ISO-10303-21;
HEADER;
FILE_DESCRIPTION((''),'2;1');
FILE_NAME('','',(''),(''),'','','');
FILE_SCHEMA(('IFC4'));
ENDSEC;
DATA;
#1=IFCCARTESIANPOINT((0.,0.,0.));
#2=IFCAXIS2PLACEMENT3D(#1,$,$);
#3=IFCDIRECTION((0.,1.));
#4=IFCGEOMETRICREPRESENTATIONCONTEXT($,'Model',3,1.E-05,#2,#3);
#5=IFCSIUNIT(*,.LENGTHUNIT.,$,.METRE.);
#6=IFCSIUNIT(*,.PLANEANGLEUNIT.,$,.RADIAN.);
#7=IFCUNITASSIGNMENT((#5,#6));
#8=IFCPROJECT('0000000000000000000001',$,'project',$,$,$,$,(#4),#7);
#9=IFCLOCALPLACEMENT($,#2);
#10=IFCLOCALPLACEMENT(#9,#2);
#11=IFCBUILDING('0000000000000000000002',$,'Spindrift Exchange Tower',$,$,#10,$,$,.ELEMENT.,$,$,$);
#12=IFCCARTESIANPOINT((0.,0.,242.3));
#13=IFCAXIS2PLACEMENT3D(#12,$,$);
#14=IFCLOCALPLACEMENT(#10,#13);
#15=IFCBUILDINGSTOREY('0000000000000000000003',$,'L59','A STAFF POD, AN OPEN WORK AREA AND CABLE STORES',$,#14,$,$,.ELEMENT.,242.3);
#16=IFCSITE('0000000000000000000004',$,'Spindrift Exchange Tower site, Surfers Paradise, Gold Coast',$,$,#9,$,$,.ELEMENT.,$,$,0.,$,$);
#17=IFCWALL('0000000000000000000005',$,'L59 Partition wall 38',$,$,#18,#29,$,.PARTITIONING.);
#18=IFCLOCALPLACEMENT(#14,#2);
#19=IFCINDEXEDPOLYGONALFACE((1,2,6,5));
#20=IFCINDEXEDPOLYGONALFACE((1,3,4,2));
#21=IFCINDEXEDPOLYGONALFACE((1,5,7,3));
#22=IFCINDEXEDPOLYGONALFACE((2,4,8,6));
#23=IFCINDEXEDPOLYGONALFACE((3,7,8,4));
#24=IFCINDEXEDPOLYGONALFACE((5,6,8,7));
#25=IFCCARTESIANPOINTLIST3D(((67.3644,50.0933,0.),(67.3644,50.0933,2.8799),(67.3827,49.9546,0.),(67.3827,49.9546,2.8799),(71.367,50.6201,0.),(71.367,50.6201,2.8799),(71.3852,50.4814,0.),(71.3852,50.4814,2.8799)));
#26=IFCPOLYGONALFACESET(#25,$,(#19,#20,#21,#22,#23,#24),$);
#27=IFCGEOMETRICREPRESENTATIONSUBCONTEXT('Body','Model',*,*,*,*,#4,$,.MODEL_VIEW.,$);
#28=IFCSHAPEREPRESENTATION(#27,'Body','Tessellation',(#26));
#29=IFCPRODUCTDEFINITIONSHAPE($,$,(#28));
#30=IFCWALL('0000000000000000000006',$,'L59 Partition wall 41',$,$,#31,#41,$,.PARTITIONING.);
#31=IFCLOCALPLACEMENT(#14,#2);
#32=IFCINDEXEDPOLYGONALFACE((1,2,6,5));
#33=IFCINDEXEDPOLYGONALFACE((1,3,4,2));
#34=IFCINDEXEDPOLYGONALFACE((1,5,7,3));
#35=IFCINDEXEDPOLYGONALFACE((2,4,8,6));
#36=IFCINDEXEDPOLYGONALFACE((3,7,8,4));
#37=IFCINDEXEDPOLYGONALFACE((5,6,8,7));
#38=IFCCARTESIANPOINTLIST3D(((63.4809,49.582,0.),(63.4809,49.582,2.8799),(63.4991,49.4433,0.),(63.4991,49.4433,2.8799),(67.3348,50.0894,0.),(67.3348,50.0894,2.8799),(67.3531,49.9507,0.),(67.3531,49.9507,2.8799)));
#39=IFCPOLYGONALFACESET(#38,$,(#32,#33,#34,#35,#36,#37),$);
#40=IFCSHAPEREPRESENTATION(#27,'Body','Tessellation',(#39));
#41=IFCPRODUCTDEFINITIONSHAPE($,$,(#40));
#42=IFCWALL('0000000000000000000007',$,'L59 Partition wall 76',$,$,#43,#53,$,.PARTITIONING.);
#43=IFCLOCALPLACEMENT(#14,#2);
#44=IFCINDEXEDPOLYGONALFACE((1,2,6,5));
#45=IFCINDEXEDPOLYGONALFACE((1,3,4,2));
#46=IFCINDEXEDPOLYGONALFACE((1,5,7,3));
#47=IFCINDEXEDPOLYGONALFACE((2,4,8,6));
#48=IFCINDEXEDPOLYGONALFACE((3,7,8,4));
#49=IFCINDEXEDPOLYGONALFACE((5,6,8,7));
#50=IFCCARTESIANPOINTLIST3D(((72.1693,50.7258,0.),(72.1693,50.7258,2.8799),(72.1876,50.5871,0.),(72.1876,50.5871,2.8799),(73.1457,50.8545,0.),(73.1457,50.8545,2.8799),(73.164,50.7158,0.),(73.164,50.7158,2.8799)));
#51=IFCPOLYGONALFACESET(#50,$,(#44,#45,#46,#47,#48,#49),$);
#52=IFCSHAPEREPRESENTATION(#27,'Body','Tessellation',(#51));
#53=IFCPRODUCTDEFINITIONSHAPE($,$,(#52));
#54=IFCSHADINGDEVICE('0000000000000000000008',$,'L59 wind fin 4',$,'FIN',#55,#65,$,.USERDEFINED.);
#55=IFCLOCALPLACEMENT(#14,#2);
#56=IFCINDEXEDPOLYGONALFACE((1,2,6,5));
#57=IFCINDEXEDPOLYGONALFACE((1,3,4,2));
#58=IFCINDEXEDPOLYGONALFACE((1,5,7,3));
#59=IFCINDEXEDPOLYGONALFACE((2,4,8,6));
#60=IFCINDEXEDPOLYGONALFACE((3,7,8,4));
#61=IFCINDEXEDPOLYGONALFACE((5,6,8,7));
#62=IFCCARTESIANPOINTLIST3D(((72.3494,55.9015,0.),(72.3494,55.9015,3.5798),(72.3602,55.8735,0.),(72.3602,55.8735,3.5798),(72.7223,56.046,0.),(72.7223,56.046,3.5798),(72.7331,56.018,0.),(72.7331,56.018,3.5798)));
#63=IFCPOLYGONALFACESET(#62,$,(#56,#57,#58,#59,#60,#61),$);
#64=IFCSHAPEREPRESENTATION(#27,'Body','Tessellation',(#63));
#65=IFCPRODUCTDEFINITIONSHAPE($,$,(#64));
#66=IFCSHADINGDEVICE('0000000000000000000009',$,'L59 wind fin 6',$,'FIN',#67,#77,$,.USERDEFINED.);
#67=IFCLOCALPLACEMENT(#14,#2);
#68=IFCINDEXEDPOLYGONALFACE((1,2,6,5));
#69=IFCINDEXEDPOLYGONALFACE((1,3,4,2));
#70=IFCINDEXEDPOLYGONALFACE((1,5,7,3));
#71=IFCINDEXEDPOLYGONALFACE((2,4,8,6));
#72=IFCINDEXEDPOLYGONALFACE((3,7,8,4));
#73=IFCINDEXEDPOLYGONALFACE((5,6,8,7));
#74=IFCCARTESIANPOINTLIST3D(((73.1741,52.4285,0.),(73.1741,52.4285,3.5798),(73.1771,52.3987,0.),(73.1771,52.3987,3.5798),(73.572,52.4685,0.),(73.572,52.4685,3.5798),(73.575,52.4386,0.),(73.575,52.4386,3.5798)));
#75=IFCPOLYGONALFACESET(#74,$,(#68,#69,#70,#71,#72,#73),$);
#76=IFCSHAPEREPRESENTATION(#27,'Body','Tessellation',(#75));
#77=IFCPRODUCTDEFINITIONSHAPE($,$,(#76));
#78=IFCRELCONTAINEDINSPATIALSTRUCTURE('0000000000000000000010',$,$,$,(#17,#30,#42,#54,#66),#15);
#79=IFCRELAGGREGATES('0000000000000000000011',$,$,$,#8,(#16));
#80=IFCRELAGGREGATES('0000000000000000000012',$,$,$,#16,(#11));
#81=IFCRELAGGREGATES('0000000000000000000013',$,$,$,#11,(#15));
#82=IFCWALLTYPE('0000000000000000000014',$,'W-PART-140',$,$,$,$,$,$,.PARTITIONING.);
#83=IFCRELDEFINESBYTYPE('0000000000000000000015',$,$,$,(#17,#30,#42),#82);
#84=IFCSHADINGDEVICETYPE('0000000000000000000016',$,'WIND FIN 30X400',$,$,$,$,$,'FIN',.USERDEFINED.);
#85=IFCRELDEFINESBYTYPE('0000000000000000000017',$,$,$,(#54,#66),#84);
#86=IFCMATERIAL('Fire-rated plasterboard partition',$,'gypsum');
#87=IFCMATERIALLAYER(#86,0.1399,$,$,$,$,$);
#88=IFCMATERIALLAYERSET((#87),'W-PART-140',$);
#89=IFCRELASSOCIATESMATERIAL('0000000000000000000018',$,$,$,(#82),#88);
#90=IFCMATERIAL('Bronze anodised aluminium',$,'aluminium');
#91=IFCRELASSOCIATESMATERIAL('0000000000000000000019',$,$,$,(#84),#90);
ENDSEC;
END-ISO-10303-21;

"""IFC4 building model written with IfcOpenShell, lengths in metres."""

from ifc_helpers import new_model, si_unit, direction, frame, frame_2d, origin, origin_2d, place, context, subcontext, project, spatial, rectangle, extrude, source, transform, mapped, material, layer, layer_set, material_profile, profile_set, type_object, element, save


model = new_model("IFC4")

# Units and contexts
model_context = context("Model", 3, precision=1e-05, world=origin(), true_north=direction((0.0, 1.0)))
body_context = subcontext(model_context, "Body", "Model", "MODEL_VIEW")
ifc_project = project(units=[si_unit("LENGTHUNIT", "METRE"), si_unit("PLANEANGLEUNIT", "RADIAN")], contexts=[model_context])

# Site, building, storey
site_placement = place(None, origin())
site = spatial("IfcSite", under=ifc_project, at=site_placement, Name="Spindrift Exchange Tower site, Surfers Paradise, Gold Coast", CompositionType="ELEMENT", RefElevation=0.0)
building_placement = place(site_placement, origin())
building = spatial("IfcBuilding", under=site, at=building_placement, Name="Spindrift Exchange Tower", CompositionType="ELEMENT")
storey_placement = place(building_placement, frame((0.0, 0.0, 242.3)))
storey = spatial("IfcBuildingStorey", under=building, at=storey_placement, Name="L59", Description="A STAFF POD, AN OPEN WORK AREA AND CABLE STORES", CompositionType="ELEMENT", Elevation=242.3)

# Shared definitions
ifc_material_1 = material(Name="Bronze anodised aluminium", Category="aluminium")

# Walls
ifc_material_2 = material(Name="Fire-rated plasterboard partition", Category="gypsum")
ifc_layer_1 = layer(ifc_material_2, 0.1399)
ifc_layer_set_1 = layer_set([ifc_layer_1], Name="W-PART-140")
wall_type = type_object("IfcWallType", Name="W-PART-140", PredefinedType="PARTITIONING", material=ifc_layer_set_1)
wall_1_placement = place(storey_placement, frame((67.3735, 50.0239, 0.0), z_axis=(0.0, 0.0, 1.0), x_axis=(0.991448, 0.1305, 0.0)))
element("IfcWall", 1, at=wall_1_placement, inside=storey, type_object=wall_type, Name="L59 Partition wall 38", PredefinedType="PARTITIONING", context=body_context, shape_type="SweptSolid", body=[
    extrude(rectangle(XDim=4.0371, YDim=0.1399, at=frame_2d((2.0186, 0.0))), origin(), (0.0, 0.0, 1.0), 2.8799),
])
wall_2_placement = place(storey_placement, frame((63.49, 49.5127, 0.0), z_axis=(0.0, 0.0, 1.0), x_axis=(0.991447, 0.13051, 0.0)))
element("IfcWall", 2, at=wall_2_placement, inside=storey, type_object=wall_type, Name="L59 Partition wall 41", PredefinedType="PARTITIONING", context=body_context, shape_type="SweptSolid", body=[
    extrude(rectangle(XDim=3.8872, YDim=0.1399, at=frame_2d((1.9436, 0.0))), origin(), (0.0, 0.0, 1.0), 2.8799),
])
wall_3_placement = place(storey_placement, frame((72.1785, 50.6565, 0.0), z_axis=(0.0, 0.0, 1.0), x_axis=(0.991428, 0.130653, 0.0)))
element("IfcWall", 3, at=wall_3_placement, inside=storey, type_object=wall_type, Name="L59 Partition wall 76", PredefinedType="PARTITIONING", context=body_context, shape_type="SweptSolid", body=[
    extrude(rectangle(XDim=0.9849, YDim=0.1399, at=frame_2d((0.4924, 0.0))), origin(), (0.0, 0.0, 1.0), 2.8799),
])

# Shading devices
ifc_material_profile_1 = material_profile(ifc_material_1, rectangle(XDim=0.03, YDim=0.3999, at=origin_2d()), Name="WIND FIN 30X400")
ifc_profile_set_1 = profile_set([ifc_material_profile_1], Name="Bronze anodised aluminium")
shading_device_type = type_object("IfcShadingDeviceType", Name="WIND FIN 30X400", ElementType="FIN", PredefinedType="USERDEFINED", material=ifc_profile_set_1)
shared_shape_1 = source(origin(), body_context, "Body", "SweptSolid", [
    extrude(rectangle(XDim=0.03, YDim=0.3999, at=origin_2d()), origin(), (0.0, 0.0, 1.0), 3.5798),
])
for number, where, z_axis, x_axis, name in (
    (4, (72.5413, 55.9597, 0.0), (0.0, 0.0, 1.0), (-0.361319, 0.932442, 0.0), "L59 wind fin 4"),
    (5, (73.3745, 52.4336, 0.0), (0.0, 0.0, 1.0), (-0.09998, 0.994989, 0.0), "L59 wind fin 6"),
):
    element("IfcShadingDevice", number, at=place(storey_placement, frame(where, z_axis=z_axis, x_axis=x_axis)), inside=storey, type_object=shading_device_type, Name=name, ObjectType="FIN", PredefinedType="USERDEFINED", context=body_context, shape_type="MappedRepresentation", body=[
        mapped(shared_shape_1, transform((0.0, 0.0, 0.0), scale=1.0)),
    ])

save(model, "model.ifc")
